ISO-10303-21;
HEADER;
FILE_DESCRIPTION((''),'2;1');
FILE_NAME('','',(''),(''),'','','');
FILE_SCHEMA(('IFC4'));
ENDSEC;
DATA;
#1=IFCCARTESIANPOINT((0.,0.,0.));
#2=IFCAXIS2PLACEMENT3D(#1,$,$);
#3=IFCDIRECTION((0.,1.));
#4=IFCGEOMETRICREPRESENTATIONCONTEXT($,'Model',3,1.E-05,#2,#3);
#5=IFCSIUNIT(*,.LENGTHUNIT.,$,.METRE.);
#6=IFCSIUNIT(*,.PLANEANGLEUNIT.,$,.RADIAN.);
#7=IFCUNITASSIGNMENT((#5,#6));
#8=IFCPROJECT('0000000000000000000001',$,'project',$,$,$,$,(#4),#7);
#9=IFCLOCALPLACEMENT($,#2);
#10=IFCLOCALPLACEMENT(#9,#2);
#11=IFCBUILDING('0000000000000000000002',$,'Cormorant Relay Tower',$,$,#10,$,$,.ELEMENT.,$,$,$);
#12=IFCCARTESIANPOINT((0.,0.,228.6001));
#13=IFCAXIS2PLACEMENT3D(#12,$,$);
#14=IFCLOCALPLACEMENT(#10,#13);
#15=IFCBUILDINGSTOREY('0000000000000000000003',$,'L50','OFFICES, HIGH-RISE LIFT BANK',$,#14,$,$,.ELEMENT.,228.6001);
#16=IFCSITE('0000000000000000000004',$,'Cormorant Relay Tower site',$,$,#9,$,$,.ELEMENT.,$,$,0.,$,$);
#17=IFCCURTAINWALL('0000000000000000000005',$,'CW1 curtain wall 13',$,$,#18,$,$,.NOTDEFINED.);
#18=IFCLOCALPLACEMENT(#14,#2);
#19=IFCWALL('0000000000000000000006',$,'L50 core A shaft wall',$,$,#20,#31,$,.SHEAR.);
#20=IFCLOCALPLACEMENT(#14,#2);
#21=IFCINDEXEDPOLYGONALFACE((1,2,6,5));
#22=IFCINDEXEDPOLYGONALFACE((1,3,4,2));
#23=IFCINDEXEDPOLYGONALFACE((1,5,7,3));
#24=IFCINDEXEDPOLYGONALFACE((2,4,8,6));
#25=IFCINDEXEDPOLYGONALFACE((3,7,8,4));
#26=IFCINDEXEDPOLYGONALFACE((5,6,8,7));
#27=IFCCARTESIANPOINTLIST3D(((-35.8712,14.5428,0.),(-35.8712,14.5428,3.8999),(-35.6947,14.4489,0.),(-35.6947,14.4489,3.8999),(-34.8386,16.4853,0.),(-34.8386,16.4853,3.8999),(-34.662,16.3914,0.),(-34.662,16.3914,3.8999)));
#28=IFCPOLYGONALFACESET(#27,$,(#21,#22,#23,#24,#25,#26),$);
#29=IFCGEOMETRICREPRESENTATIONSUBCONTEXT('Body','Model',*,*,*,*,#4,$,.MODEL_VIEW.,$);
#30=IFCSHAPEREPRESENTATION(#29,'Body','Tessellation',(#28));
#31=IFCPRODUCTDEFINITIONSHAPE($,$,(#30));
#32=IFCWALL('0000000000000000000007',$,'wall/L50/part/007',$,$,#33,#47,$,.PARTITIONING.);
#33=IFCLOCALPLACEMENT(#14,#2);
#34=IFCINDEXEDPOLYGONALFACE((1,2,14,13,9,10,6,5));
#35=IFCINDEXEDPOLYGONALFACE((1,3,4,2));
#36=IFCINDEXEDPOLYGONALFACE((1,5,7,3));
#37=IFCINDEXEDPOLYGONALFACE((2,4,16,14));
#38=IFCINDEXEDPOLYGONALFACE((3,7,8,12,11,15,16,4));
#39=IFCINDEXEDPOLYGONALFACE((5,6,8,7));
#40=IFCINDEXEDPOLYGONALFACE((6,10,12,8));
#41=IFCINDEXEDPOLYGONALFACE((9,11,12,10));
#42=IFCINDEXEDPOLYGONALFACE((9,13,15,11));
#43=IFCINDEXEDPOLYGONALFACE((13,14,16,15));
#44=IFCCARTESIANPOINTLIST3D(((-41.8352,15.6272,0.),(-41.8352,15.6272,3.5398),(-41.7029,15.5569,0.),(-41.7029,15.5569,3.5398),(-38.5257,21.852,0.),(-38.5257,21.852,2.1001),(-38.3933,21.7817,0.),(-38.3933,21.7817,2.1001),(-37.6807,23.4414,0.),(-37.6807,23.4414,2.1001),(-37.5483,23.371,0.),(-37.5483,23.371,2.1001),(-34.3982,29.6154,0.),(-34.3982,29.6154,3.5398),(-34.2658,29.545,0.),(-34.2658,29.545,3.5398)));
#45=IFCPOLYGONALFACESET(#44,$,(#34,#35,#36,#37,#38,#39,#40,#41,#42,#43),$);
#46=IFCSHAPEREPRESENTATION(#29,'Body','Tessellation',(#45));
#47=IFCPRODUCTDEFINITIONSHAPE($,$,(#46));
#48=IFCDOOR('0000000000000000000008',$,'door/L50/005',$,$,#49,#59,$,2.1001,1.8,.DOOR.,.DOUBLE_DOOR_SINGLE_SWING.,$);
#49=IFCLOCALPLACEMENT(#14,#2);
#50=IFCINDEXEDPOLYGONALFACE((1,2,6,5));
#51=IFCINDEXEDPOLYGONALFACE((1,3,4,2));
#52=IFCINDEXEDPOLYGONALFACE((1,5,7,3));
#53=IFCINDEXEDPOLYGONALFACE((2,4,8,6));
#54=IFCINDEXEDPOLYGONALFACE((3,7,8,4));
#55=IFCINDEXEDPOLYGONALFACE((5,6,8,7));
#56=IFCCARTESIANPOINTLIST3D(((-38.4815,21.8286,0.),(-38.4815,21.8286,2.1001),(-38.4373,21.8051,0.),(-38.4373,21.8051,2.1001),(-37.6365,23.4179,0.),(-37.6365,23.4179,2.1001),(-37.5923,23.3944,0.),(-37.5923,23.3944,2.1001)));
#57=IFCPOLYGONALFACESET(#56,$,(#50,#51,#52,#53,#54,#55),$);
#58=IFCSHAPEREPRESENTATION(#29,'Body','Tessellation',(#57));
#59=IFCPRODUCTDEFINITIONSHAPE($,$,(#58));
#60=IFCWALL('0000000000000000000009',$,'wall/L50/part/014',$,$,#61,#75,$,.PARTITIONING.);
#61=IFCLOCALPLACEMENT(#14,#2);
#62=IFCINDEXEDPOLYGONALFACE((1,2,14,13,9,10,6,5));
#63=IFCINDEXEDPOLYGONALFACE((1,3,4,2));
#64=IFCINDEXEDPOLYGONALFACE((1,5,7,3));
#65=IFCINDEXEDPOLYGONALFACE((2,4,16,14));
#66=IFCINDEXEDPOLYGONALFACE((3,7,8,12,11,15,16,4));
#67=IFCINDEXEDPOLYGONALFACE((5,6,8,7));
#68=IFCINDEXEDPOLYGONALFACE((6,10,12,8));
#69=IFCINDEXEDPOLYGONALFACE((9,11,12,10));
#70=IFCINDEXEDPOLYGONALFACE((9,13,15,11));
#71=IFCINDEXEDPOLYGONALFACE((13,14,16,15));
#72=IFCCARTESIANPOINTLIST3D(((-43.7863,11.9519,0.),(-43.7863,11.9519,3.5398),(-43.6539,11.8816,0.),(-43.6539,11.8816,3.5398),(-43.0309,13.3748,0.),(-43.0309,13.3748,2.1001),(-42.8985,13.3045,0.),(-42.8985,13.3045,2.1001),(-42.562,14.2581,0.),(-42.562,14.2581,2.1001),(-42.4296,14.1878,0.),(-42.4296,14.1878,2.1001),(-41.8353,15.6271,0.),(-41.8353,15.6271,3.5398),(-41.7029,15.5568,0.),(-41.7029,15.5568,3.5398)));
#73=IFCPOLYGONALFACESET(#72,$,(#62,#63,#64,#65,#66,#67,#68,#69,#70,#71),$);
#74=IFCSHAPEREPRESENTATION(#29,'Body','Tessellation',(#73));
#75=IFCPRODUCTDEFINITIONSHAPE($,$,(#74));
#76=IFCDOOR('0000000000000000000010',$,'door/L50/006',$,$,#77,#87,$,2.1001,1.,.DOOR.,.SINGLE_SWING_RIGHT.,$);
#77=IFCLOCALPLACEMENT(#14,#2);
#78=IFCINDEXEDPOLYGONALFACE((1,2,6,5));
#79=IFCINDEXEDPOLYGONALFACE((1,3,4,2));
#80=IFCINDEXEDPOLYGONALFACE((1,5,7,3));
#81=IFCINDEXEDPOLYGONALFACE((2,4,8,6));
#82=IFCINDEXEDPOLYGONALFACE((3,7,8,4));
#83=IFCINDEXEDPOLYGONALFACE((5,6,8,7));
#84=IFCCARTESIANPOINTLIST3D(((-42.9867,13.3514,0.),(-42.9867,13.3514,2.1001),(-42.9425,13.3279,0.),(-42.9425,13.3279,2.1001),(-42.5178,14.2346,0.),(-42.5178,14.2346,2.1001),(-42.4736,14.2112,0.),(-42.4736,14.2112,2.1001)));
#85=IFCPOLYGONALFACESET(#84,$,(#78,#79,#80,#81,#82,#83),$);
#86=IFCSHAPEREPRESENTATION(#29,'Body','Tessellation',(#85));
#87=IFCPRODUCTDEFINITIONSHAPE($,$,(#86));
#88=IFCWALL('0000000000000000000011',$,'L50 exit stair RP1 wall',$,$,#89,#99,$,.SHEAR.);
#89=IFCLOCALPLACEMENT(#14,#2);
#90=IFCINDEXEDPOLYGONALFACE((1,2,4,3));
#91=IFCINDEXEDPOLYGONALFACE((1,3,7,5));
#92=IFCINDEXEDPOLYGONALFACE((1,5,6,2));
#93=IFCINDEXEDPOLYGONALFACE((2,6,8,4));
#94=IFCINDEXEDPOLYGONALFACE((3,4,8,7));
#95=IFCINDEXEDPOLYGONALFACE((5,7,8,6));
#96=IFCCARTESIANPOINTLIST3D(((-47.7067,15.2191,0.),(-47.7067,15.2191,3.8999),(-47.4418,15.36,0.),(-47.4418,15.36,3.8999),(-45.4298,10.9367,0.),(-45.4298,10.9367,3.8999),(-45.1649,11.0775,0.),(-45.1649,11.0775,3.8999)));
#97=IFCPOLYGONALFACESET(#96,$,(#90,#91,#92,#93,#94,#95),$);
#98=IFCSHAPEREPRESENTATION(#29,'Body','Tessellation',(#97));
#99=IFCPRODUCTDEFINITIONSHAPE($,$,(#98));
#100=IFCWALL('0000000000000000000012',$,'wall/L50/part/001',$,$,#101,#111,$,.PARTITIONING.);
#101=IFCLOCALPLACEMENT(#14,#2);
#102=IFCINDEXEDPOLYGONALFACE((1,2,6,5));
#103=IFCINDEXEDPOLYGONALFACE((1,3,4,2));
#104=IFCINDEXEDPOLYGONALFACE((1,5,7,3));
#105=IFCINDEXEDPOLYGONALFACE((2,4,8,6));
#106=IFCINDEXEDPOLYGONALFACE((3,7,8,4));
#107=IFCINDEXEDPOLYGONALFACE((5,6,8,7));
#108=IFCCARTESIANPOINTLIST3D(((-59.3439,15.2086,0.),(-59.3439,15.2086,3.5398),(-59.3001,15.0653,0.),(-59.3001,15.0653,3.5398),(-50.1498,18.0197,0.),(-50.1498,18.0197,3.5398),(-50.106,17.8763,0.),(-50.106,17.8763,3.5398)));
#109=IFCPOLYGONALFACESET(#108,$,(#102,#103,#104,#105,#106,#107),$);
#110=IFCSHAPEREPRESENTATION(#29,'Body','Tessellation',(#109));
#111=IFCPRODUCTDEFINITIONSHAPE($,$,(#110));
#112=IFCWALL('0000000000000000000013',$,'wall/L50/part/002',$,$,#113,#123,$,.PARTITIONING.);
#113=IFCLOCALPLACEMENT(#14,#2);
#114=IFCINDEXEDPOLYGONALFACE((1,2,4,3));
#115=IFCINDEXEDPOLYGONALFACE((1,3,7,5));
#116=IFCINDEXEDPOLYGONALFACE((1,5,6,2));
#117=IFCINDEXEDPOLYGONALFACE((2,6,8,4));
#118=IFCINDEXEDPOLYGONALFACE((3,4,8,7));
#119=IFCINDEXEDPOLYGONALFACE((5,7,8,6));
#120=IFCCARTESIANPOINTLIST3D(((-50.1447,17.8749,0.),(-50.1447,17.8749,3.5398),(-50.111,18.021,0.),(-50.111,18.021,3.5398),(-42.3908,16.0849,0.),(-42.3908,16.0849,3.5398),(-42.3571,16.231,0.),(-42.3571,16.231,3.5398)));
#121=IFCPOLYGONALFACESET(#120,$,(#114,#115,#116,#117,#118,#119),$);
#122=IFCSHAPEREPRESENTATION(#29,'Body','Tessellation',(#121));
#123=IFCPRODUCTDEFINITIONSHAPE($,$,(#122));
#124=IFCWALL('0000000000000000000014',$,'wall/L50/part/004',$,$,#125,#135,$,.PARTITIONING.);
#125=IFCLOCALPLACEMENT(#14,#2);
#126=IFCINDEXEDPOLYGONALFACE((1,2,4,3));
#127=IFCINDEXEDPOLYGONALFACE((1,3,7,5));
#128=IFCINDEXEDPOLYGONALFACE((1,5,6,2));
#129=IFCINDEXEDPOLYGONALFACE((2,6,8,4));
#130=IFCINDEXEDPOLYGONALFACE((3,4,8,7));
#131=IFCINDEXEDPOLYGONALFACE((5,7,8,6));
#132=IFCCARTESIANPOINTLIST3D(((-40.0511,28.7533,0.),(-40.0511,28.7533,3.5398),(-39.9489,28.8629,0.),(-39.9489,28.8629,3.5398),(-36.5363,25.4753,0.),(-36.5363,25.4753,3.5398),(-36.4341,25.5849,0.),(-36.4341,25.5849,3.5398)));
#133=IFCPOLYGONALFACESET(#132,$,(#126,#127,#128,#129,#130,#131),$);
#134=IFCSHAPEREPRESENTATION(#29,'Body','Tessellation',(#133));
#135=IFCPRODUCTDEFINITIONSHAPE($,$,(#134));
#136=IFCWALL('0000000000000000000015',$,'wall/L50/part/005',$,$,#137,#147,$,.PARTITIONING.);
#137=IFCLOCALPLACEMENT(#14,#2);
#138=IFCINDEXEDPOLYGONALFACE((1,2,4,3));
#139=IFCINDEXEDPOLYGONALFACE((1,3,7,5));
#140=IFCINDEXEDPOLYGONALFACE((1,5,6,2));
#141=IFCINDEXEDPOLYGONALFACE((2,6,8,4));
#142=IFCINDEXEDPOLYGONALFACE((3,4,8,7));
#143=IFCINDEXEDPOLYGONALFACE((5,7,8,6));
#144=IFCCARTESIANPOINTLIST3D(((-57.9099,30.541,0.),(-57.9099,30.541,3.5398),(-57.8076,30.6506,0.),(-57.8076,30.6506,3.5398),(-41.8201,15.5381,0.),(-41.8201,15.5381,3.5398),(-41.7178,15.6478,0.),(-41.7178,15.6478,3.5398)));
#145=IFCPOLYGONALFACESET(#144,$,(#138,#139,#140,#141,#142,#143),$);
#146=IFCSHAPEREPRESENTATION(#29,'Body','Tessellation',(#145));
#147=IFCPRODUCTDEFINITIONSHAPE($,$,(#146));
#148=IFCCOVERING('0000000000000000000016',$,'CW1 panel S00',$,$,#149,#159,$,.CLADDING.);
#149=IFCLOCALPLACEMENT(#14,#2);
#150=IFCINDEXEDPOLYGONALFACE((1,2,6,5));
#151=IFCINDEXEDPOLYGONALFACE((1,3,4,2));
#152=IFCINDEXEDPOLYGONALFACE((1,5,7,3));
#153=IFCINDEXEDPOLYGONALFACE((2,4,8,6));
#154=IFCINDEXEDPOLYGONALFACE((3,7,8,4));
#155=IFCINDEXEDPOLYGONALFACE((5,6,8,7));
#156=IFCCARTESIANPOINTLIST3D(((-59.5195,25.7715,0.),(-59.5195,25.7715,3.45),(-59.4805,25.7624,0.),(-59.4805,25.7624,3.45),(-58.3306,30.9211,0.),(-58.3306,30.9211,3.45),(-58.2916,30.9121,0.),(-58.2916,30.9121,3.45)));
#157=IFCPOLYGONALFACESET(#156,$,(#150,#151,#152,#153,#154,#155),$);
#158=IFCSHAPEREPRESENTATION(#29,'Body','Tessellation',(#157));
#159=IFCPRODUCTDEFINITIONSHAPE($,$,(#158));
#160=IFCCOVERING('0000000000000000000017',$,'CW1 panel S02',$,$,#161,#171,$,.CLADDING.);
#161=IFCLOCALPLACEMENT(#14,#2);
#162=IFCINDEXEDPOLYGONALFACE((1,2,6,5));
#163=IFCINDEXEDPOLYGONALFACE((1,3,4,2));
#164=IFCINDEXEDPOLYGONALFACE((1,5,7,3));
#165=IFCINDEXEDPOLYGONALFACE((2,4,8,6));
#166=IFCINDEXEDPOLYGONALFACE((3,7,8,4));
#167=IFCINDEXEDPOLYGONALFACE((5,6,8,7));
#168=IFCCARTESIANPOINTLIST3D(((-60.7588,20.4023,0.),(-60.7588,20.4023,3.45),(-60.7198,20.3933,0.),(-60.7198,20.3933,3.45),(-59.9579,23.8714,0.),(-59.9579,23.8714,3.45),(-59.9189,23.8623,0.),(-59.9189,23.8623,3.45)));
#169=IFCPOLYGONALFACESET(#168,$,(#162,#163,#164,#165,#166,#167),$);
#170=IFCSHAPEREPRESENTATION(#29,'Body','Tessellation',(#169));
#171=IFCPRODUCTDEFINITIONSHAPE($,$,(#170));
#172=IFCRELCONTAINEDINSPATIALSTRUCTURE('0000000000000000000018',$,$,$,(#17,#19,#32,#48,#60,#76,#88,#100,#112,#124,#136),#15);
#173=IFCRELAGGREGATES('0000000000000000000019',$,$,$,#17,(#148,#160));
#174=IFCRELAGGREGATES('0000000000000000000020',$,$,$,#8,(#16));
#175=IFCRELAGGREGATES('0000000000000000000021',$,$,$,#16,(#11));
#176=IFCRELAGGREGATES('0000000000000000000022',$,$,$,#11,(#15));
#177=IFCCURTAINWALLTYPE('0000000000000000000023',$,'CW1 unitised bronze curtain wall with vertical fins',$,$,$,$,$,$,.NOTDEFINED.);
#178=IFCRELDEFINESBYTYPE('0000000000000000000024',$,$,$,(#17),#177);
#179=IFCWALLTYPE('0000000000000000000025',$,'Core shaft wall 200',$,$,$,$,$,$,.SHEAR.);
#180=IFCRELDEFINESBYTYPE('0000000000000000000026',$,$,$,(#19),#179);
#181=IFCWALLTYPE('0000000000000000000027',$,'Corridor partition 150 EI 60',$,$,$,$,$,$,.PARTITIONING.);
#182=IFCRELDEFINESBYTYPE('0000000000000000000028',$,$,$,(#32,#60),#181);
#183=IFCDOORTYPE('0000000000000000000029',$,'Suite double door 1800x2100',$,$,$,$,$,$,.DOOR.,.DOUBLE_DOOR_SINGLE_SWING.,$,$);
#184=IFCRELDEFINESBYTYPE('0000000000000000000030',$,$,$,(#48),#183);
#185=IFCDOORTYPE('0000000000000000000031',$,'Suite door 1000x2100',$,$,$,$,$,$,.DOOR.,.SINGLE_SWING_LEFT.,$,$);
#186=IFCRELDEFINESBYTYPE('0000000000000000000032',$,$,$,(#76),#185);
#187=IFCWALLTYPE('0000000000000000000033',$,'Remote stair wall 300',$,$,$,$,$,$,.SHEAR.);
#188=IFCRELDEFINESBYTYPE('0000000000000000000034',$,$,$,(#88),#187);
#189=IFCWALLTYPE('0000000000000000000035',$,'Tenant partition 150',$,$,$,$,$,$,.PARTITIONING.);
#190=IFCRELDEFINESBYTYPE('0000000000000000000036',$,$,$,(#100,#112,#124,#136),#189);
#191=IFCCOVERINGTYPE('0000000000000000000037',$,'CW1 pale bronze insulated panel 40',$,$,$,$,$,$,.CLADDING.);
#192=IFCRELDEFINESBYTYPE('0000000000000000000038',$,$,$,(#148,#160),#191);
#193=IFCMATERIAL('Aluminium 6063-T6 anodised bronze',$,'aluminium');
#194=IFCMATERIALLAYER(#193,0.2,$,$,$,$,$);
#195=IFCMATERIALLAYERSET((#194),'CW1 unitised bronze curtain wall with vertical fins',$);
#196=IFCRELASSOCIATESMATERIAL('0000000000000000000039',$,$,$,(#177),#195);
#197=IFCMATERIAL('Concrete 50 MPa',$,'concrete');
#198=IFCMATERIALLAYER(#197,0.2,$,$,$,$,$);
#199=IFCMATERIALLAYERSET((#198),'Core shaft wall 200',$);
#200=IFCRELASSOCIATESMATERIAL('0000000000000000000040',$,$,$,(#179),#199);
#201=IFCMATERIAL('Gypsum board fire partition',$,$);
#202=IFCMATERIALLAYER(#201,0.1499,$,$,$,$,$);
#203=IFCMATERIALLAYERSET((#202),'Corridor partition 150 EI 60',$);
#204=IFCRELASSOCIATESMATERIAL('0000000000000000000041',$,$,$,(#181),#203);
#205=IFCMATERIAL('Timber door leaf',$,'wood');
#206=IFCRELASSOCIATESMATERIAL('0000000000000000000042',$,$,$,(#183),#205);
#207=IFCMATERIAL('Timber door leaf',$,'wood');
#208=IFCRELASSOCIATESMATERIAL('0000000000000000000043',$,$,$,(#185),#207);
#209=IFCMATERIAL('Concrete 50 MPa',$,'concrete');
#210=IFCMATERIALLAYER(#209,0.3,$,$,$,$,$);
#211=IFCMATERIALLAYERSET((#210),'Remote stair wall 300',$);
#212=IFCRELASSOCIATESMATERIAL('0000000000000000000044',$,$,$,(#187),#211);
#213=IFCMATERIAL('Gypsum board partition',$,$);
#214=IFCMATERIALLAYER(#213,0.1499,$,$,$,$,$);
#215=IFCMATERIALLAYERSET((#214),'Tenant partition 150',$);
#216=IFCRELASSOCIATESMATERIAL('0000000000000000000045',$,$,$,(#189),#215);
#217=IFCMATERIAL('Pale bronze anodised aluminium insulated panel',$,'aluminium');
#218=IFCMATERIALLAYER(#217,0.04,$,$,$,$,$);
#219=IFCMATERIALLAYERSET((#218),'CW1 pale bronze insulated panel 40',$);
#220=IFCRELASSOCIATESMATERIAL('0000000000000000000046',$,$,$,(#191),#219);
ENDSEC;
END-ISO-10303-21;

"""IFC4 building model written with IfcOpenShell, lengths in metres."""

from ifc_helpers import new_model, si_unit, direction, frame, frame_2d, origin, origin_2d, place, context, subcontext, project, spatial, rectangle, extrude, material, layer, layer_set, type_object, element, fill, aggregate, save


model = new_model("IFC4")

# Units and contexts
model_context = context("Model", 3, precision=1e-05, world=origin(), true_north=direction((0.0, 1.0)))
body_context = subcontext(model_context, "Body", "Model", "MODEL_VIEW")
ifc_project = project(units=[si_unit("LENGTHUNIT", "METRE"), si_unit("PLANEANGLEUNIT", "RADIAN")], contexts=[model_context])

# Site, building, storey
site_placement = place(None, origin())
site = spatial("IfcSite", under=ifc_project, at=site_placement, Name="Cormorant Relay Tower site", CompositionType="ELEMENT", RefElevation=0.0)
building_placement = place(site_placement, origin())
building = spatial("IfcBuilding", under=site, at=building_placement, Name="Cormorant Relay Tower", CompositionType="ELEMENT")
storey_placement = place(building_placement, frame((0.0, 0.0, 228.6001)))
storey = spatial("IfcBuildingStorey", under=building, at=storey_placement, Name="L50", Description="OFFICES, HIGH-RISE LIFT BANK", CompositionType="ELEMENT", Elevation=228.6001)

# Curtain wall
ifc_material_1 = material(Name="Aluminium 6063-T6 anodised bronze", Category="aluminium")
ifc_layer_1 = layer(ifc_material_1, 0.2)
ifc_layer_set_1 = layer_set([ifc_layer_1], Name="CW1 unitised bronze curtain wall with vertical fins")
curtain_wall_type = type_object("IfcCurtainWallType", Name="CW1 unitised bronze curtain wall with vertical fins", PredefinedType="NOTDEFINED", material=ifc_layer_set_1)
curtain_wall_1_placement = place(storey_placement, origin())
curtain_wall_1 = element("IfcCurtainWall", 1, at=curtain_wall_1_placement, inside=storey, type_object=curtain_wall_type, Name="CW1 curtain wall 13", PredefinedType="NOTDEFINED")

# Wall
ifc_material_2 = material(Name="Concrete 50 MPa", Category="concrete")
ifc_layer_2 = layer(ifc_material_2, 0.2)
ifc_layer_set_2 = layer_set([ifc_layer_2], Name="Core shaft wall 200")
wall_type_1 = type_object("IfcWallType", Name="Core shaft wall 200", PredefinedType="SHEAR", material=ifc_layer_set_2)
wall_1_placement = place(storey_placement, frame((-34.7502, 16.4385, 0.0), z_axis=(0.0, 0.0, 1.0), x_axis=(-0.469401, -0.882985, 0.0)))
element("IfcWall", 2, at=wall_1_placement, inside=storey, type_object=wall_type_1, Name="L50 core A shaft wall", PredefinedType="SHEAR", context=body_context, shape_type="SweptSolid", body=[
    extrude(rectangle(XDim=2.2, YDim=0.2, at=frame_2d((1.1001, 0.0))), origin(), (0.0, 0.0, 1.0), 3.8999),
])

# Walls, openings, doors
ifc_material_3 = material(Name="Gypsum board fire partition")
ifc_layer_3 = layer(ifc_material_3, 0.1499)
ifc_layer_set_3 = layer_set([ifc_layer_3], Name="Corridor partition 150 EI 60")
wall_type_2 = type_object("IfcWallType", Name="Corridor partition 150 EI 60", PredefinedType="PARTITIONING", material=ifc_layer_set_3)
wall_2_placement = place(storey_placement, frame((-41.769, 15.592, 0.0), z_axis=(0.0, 0.0, 1.0), x_axis=(0.469444, 0.882962, 0.0)))
wall_2 = element("IfcWall", 3, at=wall_2_placement, inside=storey, type_object=wall_type_2, Name="wall/L50/part/007", PredefinedType="PARTITIONING", context=body_context, shape_type="SweptSolid", body=[
    extrude(rectangle(XDim=15.8423, YDim=0.1499, at=frame_2d((7.9211, 0.0))), origin(), (0.0, 0.0, 1.0), 3.5398),
])
opening_1_placement = place(wall_2_placement, frame((7.05, 0.0, 0.0)))
opening_1 = element("IfcOpeningElement", 4, at=opening_1_placement, cuts=wall_2, PredefinedType="OPENING", context=body_context, shape_type="SweptSolid", body=[
    extrude(rectangle(XDim=1.8, YDim=2.1001, at=frame_2d((0.8999, 1.05))), frame((0.0, 0.085, 0.0), z_axis=(0.0, -1.0, 0.0), x_axis=(1.0, 0.0, 0.0)), (0.0, 0.0, 1.0), 0.1699),
])
ifc_material_4 = material(Name="Timber door leaf", Category="wood")
door_type_1 = type_object("IfcDoorType", Name="Suite double door 1800x2100", OperationType="DOUBLE_DOOR_SINGLE_SWING", PredefinedType="DOOR", material=ifc_material_4)
door_1_placement = place(opening_1_placement, origin())
door_1 = element("IfcDoor", 5, at=door_1_placement, inside=storey, type_object=door_type_1, Name="door/L50/005", OperationType="DOUBLE_DOOR_SINGLE_SWING", OverallHeight=2.1001, OverallWidth=1.8, PredefinedType="DOOR", context=body_context, shape_type="SweptSolid", body=[
    extrude(rectangle(XDim=1.8, YDim=2.1001, at=frame_2d((0.8999, 1.05))), frame((0.0, 0.0249, 0.0), z_axis=(0.0, -1.0, 0.0), x_axis=(1.0, 0.0, 0.0)), (0.0, 0.0, 1.0), 0.05),
])
fill(opening_1, door_1)
wall_3_placement = place(storey_placement, frame((-41.769, 15.592, 0.0), z_axis=(0.0, 0.0, 1.0), x_axis=(-0.468885, -0.883259, 0.0)))
wall_3 = element("IfcWall", 6, at=wall_3_placement, inside=storey, type_object=wall_type_2, Name="wall/L50/part/014", PredefinedType="PARTITIONING", context=body_context, shape_type="SweptSolid", body=[
    extrude(rectangle(XDim=4.1609, YDim=0.1499, at=frame_2d((2.0806, 0.0))), origin(), (0.0, 0.0, 1.0), 3.5398),
])
opening_2_placement = place(wall_3_placement, frame((1.55, 0.0, 0.0)))
opening_2 = element("IfcOpeningElement", 7, at=opening_2_placement, cuts=wall_3, PredefinedType="OPENING", context=body_context, shape_type="SweptSolid", body=[
    extrude(rectangle(XDim=1.0, YDim=2.1001, at=frame_2d((0.5, 1.05))), frame((0.0, 0.085, 0.0), z_axis=(0.0, -1.0, 0.0), x_axis=(1.0, 0.0, 0.0)), (0.0, 0.0, 1.0), 0.1699),
])
ifc_material_5 = material(Name="Timber door leaf", Category="wood")
door_type_2 = type_object("IfcDoorType", Name="Suite door 1000x2100", OperationType="SINGLE_SWING_LEFT", PredefinedType="DOOR", material=ifc_material_5)
door_2_placement = place(opening_2_placement, frame((1.0, 0.0, 0.0), z_axis=(0.0, 0.0, 1.0), x_axis=(-1.0, 0.0, 0.0)))
door_2 = element("IfcDoor", 8, at=door_2_placement, inside=storey, type_object=door_type_2, Name="door/L50/006", OperationType="SINGLE_SWING_RIGHT", OverallHeight=2.1001, OverallWidth=1.0, PredefinedType="DOOR", context=body_context, shape_type="SweptSolid", body=[
    extrude(rectangle(XDim=1.0, YDim=2.1001, at=frame_2d((0.5, 1.05))), frame((0.0, 0.0249, 0.0), z_axis=(0.0, -1.0, 0.0), x_axis=(1.0, 0.0, 0.0)), (0.0, 0.0, 1.0), 0.05),
])
fill(opening_2, door_2)

# Walls
ifc_material_6 = material(Name="Concrete 50 MPa", Category="concrete")
ifc_layer_4 = layer(ifc_material_6, 0.3)
ifc_layer_set_4 = layer_set([ifc_layer_4], Name="Remote stair wall 300")
wall_type_3 = type_object("IfcWallType", Name="Remote stair wall 300", PredefinedType="SHEAR", material=ifc_layer_set_4)
wall_4_placement = place(storey_placement, frame((-47.5742, 15.2896, 0.0), z_axis=(0.0, 0.0, 1.0), x_axis=(0.469443, -0.882963, 0.0)))
element("IfcWall", 9, at=wall_4_placement, inside=storey, type_object=wall_type_3, Name="L50 exit stair RP1 wall", PredefinedType="SHEAR", context=body_context, shape_type="SweptSolid", body=[
    extrude(rectangle(XDim=4.8501, YDim=0.3, at=frame_2d((2.425, 0.0))), origin(), (0.0, 0.0, 1.0), 3.8999),
])
ifc_material_7 = material(Name="Gypsum board partition")
ifc_layer_5 = layer(ifc_material_7, 0.1499)
ifc_layer_set_5 = layer_set([ifc_layer_5], Name="Tenant partition 150")
wall_type_4 = type_object("IfcWallType", Name="Tenant partition 150", PredefinedType="PARTITIONING", material=ifc_layer_set_5)
wall_5_placement = place(storey_placement, frame((-59.322, 15.137, 0.0), z_axis=(0.0, 0.0, 1.0), x_axis=(0.956301, 0.292383, 0.0)))
element("IfcWall", 10, at=wall_5_placement, inside=storey, type_object=wall_type_4, Name="wall/L50/part/001", PredefinedType="PARTITIONING", context=body_context, shape_type="SweptSolid", body=[
    extrude(rectangle(XDim=9.6143, YDim=0.1499, at=frame_2d((4.8071, 0.0))), origin(), (0.0, 0.0, 1.0), 3.5398),
])
wall_6_placement = place(storey_placement, frame((-50.1279, 17.948, 0.0), z_axis=(0.0, 0.0, 1.0), x_axis=(0.974373, -0.22494, 0.0)))
element("IfcWall", 11, at=wall_6_placement, inside=storey, type_object=wall_type_4, Name="wall/L50/part/002", PredefinedType="PARTITIONING", context=body_context, shape_type="SweptSolid", body=[
    extrude(rectangle(XDim=7.9578, YDim=0.1499, at=frame_2d((3.979, 0.0))), origin(), (0.0, 0.0, 1.0), 3.5398),
])
wall_7_placement = place(storey_placement, frame((-40.0, 28.8081, 0.0), z_axis=(0.0, 0.0, 1.0), x_axis=(0.731314, -0.682041, 0.0)))
element("IfcWall", 12, at=wall_7_placement, inside=storey, type_object=wall_type_4, Name="wall/L50/part/004", PredefinedType="PARTITIONING", context=body_context, shape_type="SweptSolid", body=[
    extrude(rectangle(XDim=4.8062, YDim=0.1499, at=frame_2d((2.4031, 0.0))), origin(), (0.0, 0.0, 1.0), 3.5398),
])
wall_8_placement = place(storey_placement, frame((-41.769, 15.593, 0.0), z_axis=(0.0, 0.0, 1.0), x_axis=(-0.731378, 0.681972, 0.0)))
element("IfcWall", 13, at=wall_8_placement, inside=storey, type_object=wall_type_4, Name="wall/L50/part/005", PredefinedType="PARTITIONING", context=body_context, shape_type="SweptSolid", body=[
    extrude(rectangle(XDim=21.9993, YDim=0.1499, at=frame_2d((10.9995, 0.0))), origin(), (0.0, 0.0, 1.0), 3.5398),
])

# Coverings
ifc_material_8 = material(Name="Pale bronze anodised aluminium insulated panel", Category="aluminium")
ifc_layer_6 = layer(ifc_material_8, 0.04)
ifc_layer_set_6 = layer_set([ifc_layer_6], Name="CW1 pale bronze insulated panel 40")
covering_type = type_object("IfcCoveringType", Name="CW1 pale bronze insulated panel 40", PredefinedType="CLADDING", material=ifc_layer_set_6)
covering_1_placement = place(storey_placement, frame((-58.9055, 28.3418, 0.0), z_axis=(0.0, 0.0, 1.0), x_axis=(-0.224951, -0.97437, 0.0)))
covering_1 = element("IfcCovering", 14, at=covering_1_placement, type_object=covering_type, Name="CW1 panel S00", PredefinedType="CLADDING", context=body_context, shape_type="SweptSolid", body=[
    extrude(rectangle(XDim=5.2852, YDim=0.04, at=origin_2d()), origin(), (0.0, 0.0, 1.0), 3.45),
])
covering_2_placement = place(storey_placement, frame((-60.3389, 22.1323, 0.0), z_axis=(0.0, 0.0, 1.0), x_axis=(-0.224951, -0.97437, 0.0)))
covering_2 = element("IfcCovering", 15, at=covering_2_placement, type_object=covering_type, Name="CW1 panel S02", PredefinedType="CLADDING", context=body_context, shape_type="SweptSolid", body=[
    extrude(rectangle(XDim=3.5603, YDim=0.04, at=origin_2d()), origin(), (0.0, 0.0, 1.0), 3.45),
])
aggregate(curtain_wall_1, [covering_1, covering_2])

save(model, "model.ifc")
